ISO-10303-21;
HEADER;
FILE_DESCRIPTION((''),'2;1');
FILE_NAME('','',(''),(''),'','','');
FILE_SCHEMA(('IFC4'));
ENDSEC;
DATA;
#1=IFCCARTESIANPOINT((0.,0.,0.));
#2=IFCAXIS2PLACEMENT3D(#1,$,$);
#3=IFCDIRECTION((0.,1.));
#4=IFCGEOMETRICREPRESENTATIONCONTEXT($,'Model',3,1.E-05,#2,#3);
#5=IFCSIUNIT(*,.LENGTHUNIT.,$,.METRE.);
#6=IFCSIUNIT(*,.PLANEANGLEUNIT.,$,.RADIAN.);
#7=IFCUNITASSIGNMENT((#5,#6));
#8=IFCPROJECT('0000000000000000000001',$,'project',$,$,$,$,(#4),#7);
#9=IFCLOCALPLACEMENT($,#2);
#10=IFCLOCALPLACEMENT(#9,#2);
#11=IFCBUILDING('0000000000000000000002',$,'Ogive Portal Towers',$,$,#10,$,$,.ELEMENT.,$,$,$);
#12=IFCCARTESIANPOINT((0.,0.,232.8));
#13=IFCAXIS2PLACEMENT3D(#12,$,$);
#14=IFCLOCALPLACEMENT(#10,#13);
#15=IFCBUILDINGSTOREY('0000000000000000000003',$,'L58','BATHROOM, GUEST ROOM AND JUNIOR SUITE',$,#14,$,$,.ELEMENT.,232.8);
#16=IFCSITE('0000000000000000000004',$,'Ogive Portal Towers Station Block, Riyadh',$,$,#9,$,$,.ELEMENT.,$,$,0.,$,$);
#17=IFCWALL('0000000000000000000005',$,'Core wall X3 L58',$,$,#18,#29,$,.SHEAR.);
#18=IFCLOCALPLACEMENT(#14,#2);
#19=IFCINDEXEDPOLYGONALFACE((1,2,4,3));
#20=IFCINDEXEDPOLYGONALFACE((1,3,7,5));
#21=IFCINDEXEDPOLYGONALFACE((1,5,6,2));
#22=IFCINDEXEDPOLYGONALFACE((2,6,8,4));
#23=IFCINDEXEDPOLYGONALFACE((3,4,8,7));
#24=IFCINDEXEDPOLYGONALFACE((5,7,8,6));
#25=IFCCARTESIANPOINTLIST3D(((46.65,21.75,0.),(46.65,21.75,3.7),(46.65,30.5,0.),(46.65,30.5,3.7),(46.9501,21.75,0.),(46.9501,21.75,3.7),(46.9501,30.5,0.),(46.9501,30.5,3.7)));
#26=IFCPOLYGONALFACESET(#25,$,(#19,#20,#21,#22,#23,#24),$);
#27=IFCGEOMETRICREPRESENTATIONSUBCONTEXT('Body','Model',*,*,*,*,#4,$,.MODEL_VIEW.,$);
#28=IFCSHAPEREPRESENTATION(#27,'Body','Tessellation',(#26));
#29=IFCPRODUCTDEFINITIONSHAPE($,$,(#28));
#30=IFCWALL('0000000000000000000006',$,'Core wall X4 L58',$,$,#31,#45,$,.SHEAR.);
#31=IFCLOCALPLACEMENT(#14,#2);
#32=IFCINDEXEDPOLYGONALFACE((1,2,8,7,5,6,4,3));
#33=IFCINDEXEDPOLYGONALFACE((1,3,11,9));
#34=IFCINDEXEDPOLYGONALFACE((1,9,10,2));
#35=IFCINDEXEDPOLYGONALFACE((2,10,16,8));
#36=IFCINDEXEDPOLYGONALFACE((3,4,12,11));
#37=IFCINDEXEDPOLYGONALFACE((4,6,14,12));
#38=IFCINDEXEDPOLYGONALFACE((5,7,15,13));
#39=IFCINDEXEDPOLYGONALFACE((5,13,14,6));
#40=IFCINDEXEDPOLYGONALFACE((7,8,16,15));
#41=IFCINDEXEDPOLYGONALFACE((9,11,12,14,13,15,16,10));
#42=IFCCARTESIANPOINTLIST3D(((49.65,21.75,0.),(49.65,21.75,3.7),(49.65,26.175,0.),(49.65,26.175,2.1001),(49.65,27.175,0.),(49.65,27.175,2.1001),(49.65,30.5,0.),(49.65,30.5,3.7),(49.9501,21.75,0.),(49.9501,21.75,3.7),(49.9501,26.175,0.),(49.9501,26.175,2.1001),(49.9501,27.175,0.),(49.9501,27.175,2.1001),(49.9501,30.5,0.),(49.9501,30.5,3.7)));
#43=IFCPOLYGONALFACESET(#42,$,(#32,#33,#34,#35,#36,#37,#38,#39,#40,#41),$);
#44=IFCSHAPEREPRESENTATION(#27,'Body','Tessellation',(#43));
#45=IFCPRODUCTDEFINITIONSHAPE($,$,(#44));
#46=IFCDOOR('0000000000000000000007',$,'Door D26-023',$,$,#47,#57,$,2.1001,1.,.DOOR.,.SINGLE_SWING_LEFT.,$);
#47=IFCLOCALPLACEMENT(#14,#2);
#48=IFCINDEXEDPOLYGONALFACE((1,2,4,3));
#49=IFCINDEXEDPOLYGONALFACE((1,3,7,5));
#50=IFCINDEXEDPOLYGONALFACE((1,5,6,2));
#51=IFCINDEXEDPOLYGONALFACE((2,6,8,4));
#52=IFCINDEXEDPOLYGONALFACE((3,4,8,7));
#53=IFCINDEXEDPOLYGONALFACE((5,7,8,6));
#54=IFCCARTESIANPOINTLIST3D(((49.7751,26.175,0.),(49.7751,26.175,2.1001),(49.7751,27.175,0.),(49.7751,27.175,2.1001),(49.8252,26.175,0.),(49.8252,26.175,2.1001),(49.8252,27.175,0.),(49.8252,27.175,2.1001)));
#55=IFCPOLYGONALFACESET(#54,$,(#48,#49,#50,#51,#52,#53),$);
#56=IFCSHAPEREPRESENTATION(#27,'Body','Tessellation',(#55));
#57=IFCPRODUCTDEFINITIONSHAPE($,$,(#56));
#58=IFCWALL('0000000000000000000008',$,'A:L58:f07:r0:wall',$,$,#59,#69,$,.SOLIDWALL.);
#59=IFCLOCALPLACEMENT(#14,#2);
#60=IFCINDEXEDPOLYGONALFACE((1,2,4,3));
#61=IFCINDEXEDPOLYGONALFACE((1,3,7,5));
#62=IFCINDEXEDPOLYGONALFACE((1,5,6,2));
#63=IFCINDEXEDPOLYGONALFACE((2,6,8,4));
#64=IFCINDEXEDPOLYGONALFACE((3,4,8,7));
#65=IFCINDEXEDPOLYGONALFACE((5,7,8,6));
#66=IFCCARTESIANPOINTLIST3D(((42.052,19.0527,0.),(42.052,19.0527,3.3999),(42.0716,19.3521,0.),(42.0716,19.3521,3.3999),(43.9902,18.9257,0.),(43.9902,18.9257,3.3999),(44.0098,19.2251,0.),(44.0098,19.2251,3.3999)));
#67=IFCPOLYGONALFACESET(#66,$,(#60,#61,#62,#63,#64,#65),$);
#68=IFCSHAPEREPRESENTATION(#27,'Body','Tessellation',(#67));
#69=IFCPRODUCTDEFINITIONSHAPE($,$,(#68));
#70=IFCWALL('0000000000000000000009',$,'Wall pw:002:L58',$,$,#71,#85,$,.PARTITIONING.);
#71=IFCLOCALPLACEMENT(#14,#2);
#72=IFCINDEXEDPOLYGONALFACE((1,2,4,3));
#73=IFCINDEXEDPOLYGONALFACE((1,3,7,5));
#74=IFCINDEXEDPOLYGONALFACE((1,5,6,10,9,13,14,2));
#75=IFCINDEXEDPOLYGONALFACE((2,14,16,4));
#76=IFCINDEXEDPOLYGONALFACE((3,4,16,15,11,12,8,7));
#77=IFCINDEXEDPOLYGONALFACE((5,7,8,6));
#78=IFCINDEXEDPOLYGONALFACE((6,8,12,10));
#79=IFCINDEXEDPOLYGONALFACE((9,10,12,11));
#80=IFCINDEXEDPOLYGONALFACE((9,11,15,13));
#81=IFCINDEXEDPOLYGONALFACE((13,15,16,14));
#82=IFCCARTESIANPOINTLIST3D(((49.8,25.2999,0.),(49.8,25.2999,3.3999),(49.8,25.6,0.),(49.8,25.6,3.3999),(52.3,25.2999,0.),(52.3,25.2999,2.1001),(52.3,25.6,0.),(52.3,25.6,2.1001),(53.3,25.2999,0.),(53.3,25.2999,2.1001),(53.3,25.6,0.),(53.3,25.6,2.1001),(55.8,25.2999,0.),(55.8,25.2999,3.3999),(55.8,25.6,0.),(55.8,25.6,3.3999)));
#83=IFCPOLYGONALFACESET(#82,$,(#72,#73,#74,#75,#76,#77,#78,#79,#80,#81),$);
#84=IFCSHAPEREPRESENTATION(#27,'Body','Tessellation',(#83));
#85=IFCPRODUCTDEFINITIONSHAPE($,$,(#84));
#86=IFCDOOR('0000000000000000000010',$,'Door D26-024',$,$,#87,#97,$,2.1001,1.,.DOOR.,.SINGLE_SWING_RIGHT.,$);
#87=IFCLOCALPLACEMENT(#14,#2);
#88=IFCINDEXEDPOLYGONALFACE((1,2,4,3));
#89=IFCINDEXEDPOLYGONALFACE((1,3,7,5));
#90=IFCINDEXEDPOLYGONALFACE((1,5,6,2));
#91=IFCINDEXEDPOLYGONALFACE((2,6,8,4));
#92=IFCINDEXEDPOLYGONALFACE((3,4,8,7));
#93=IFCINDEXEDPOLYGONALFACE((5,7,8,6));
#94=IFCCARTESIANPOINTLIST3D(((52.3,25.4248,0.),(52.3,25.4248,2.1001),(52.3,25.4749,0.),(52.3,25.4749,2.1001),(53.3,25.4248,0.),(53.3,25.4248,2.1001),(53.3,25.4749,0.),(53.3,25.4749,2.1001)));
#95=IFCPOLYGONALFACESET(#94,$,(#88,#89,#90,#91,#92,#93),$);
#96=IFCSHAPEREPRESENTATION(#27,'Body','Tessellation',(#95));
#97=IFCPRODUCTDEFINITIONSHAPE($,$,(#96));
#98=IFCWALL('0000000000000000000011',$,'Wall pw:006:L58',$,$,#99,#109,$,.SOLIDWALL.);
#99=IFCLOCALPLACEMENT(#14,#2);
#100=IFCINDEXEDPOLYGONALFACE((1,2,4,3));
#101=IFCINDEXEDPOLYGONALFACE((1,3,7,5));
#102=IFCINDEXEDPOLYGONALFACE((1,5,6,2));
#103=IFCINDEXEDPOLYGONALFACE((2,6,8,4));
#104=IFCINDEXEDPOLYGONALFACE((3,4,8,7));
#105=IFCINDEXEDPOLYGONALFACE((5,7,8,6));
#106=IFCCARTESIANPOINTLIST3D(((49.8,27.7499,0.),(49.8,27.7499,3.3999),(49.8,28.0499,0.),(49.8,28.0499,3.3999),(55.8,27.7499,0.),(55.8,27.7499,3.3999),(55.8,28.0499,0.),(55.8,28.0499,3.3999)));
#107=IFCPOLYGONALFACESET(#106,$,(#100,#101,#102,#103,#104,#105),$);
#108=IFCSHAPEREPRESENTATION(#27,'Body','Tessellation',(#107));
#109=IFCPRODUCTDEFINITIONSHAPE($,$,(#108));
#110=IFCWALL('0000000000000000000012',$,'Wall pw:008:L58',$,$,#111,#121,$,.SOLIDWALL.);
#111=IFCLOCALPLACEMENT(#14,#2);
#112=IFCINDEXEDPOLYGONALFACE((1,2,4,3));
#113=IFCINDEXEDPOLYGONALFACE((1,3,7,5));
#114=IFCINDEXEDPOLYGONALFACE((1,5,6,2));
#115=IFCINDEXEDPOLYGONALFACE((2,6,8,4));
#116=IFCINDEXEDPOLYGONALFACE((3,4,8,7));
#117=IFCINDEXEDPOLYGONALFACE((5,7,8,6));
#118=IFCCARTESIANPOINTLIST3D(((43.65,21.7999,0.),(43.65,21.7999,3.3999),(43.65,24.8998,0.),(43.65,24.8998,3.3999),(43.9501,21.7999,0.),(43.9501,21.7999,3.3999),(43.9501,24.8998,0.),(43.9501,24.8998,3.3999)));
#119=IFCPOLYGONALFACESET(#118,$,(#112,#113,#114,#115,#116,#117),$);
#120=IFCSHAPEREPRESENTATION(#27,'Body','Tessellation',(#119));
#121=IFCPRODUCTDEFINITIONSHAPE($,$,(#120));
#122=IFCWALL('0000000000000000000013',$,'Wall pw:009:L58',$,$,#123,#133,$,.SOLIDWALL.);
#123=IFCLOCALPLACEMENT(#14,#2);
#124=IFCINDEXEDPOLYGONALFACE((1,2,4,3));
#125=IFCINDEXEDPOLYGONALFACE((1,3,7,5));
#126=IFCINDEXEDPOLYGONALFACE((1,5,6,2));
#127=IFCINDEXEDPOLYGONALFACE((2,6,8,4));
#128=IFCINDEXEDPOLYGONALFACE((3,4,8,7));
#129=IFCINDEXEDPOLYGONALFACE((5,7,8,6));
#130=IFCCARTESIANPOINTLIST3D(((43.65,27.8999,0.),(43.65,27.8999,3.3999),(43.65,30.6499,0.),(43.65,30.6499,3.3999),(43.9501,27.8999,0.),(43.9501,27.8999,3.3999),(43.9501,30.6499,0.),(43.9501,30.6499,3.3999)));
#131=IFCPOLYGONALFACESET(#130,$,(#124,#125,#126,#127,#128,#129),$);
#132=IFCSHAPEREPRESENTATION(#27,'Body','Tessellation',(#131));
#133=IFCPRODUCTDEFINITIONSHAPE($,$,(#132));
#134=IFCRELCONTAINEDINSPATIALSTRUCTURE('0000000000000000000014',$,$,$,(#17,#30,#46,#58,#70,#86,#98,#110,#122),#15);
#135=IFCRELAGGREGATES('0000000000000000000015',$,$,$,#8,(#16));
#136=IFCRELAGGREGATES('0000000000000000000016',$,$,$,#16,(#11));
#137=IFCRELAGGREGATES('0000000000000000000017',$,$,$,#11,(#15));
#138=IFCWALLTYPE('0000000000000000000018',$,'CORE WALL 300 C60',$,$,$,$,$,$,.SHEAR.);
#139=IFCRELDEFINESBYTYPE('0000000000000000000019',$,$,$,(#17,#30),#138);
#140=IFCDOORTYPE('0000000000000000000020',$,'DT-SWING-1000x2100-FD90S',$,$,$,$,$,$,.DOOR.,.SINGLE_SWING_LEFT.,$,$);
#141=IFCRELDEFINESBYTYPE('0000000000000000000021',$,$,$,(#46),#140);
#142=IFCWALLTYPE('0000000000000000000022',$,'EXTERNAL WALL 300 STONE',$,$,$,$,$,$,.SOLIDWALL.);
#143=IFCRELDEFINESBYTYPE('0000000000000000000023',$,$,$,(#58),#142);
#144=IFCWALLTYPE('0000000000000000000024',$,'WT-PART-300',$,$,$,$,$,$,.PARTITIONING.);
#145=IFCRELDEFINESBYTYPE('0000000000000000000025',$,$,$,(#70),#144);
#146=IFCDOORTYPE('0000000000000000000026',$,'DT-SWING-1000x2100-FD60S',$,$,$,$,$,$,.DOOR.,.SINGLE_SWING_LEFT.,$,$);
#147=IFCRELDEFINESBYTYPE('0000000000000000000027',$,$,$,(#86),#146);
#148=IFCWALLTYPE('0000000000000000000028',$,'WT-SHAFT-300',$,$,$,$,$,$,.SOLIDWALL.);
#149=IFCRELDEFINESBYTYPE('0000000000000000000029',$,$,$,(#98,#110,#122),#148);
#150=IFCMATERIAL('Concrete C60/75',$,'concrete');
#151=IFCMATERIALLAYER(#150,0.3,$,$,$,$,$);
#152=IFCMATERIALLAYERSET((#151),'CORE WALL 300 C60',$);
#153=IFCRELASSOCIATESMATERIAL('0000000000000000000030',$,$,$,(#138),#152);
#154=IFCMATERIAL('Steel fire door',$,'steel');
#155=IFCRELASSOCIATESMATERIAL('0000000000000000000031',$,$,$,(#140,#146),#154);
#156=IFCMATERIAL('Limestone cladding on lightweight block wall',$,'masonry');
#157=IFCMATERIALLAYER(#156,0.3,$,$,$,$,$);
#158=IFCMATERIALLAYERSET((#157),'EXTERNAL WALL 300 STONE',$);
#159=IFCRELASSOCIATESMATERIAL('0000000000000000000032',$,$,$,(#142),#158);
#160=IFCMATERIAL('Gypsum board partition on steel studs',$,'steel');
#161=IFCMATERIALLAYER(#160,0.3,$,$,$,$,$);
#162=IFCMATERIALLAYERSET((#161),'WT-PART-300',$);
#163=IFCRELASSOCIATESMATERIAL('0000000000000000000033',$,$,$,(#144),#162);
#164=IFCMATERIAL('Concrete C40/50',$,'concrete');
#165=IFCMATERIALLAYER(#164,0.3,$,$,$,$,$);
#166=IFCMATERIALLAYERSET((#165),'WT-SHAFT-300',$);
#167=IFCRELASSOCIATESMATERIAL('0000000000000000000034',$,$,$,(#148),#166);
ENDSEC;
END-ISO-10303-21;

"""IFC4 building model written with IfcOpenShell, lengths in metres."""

from ifc_helpers import new_model, si_unit, direction, frame, frame_2d, origin, place, context, subcontext, project, spatial, rectangle, extrude, material, layer, layer_set, type_object, element, fill, save


model = new_model("IFC4")

# Units and contexts
model_context = context("Model", 3, precision=1e-05, world=origin(), true_north=direction((0.0, 1.0)))
body_context = subcontext(model_context, "Body", "Model", "MODEL_VIEW")
ifc_project = project(units=[si_unit("LENGTHUNIT", "METRE"), si_unit("PLANEANGLEUNIT", "RADIAN")], contexts=[model_context])

# Site, building, storey
site_placement = place(None, origin())
site = spatial("IfcSite", under=ifc_project, at=site_placement, Name="Ogive Portal Towers Station Block, Riyadh", CompositionType="ELEMENT", RefElevation=0.0)
building_placement = place(site_placement, origin())
building = spatial("IfcBuilding", under=site, at=building_placement, Name="Ogive Portal Towers", CompositionType="ELEMENT")
storey_placement = place(building_placement, frame((0.0, 0.0, 232.8)))
storey = spatial("IfcBuildingStorey", under=building, at=storey_placement, Name="L58", Description="BATHROOM, GUEST ROOM AND JUNIOR SUITE", CompositionType="ELEMENT", Elevation=232.8)

# Wall
ifc_material_1 = material(Name="Concrete C60/75", Category="concrete")
ifc_layer_1 = layer(ifc_material_1, 0.3)
ifc_layer_set_1 = layer_set([ifc_layer_1], Name="CORE WALL 300 C60")
wall_type_1 = type_object("IfcWallType", Name="CORE WALL 300 C60", PredefinedType="SHEAR", material=ifc_layer_set_1)
wall_1_placement = place(storey_placement, frame((46.8, 21.75, 0.0), z_axis=(0.0, 0.0, 1.0), x_axis=(0.0, 1.0, 0.0)))
element("IfcWall", 1, at=wall_1_placement, inside=storey, type_object=wall_type_1, Name="Core wall X3 L58", PredefinedType="SHEAR", context=body_context, shape_type="SweptSolid", body=[
    extrude(rectangle(XDim=8.75, YDim=0.3, at=frame_2d((4.375, 0.0))), origin(), (0.0, 0.0, 1.0), 3.7),
])

# Wall, opening, door
wall_2_placement = place(storey_placement, frame((49.8, 21.75, 0.0), z_axis=(0.0, 0.0, 1.0), x_axis=(0.0, 1.0, 0.0)))
wall_2 = element("IfcWall", 2, at=wall_2_placement, inside=storey, type_object=wall_type_1, Name="Core wall X4 L58", PredefinedType="SHEAR", context=body_context, shape_type="SweptSolid", body=[
    extrude(rectangle(XDim=8.75, YDim=0.3, at=frame_2d((4.375, 0.0))), origin(), (0.0, 0.0, 1.0), 3.7),
])
opening_1_placement = place(wall_2_placement, frame((4.425, 0.0, 0.0)))
opening_1 = element("IfcOpeningElement", 3, at=opening_1_placement, cuts=wall_2, PredefinedType="OPENING", context=body_context, shape_type="SweptSolid", body=[
    extrude(rectangle(XDim=1.0, YDim=2.1001, at=frame_2d((0.5, 1.05))), frame((0.0, 0.1602, 0.0), z_axis=(0.0, -1.0, 0.0), x_axis=(1.0, 0.0, 0.0)), (0.0, 0.0, 1.0), 0.3201),
])
ifc_material_2 = material(Name="Steel fire door", Category="steel")
door_type_1 = type_object("IfcDoorType", Name="DT-SWING-1000x2100-FD90S", OperationType="SINGLE_SWING_LEFT", PredefinedType="DOOR", material=ifc_material_2)
door_1_placement = place(opening_1_placement, origin())
door_1 = element("IfcDoor", 4, at=door_1_placement, inside=storey, type_object=door_type_1, Name="Door D26-023", OperationType="SINGLE_SWING_LEFT", OverallHeight=2.1001, OverallWidth=1.0, PredefinedType="DOOR", context=body_context, shape_type="SweptSolid", body=[
    extrude(rectangle(XDim=1.0, YDim=2.1001, at=frame_2d((0.5, 1.05))), frame((0.0, 0.0249, 0.0), z_axis=(0.0, -1.0, 0.0), x_axis=(1.0, 0.0, 0.0)), (0.0, 0.0, 1.0), 0.05),
])
fill(opening_1, door_1)

# Wall
ifc_material_3 = material(Name="Limestone cladding on lightweight block wall", Category="masonry")
ifc_layer_2 = layer(ifc_material_3, 0.3)
ifc_layer_set_2 = layer_set([ifc_layer_2], Name="EXTERNAL WALL 300 STONE")
wall_type_2 = type_object("IfcWallType", Name="EXTERNAL WALL 300 STONE", PredefinedType="SOLIDWALL", material=ifc_layer_set_2)
wall_3_placement = place(storey_placement, frame((42.0618, 19.2024, 0.0), z_axis=(0.0, 0.0, 1.0), x_axis=(0.997862, -0.065359, 0.0)))
element("IfcWall", 5, at=wall_3_placement, inside=storey, type_object=wall_type_2, Name="A:L58:f07:r0:wall", PredefinedType="SOLIDWALL", context=body_context, shape_type="SweptSolid", body=[
    extrude(rectangle(XDim=1.9424, YDim=0.3, at=frame_2d((0.9712, 0.0))), origin(), (0.0, 0.0, 1.0), 3.3999),
])

# Wall, opening, door
ifc_material_4 = material(Name="Gypsum board partition on steel studs", Category="steel")
ifc_layer_3 = layer(ifc_material_4, 0.3)
ifc_layer_set_3 = layer_set([ifc_layer_3], Name="WT-PART-300")
wall_type_3 = type_object("IfcWallType", Name="WT-PART-300", PredefinedType="PARTITIONING", material=ifc_layer_set_3)
wall_4_placement = place(storey_placement, frame((49.8, 25.45, 0.0), z_axis=(0.0, 0.0, 1.0), x_axis=(1.0, 0.0, 0.0)))
wall_4 = element("IfcWall", 6, at=wall_4_placement, inside=storey, type_object=wall_type_3, Name="Wall pw:002:L58", PredefinedType="PARTITIONING", context=body_context, shape_type="SweptSolid", body=[
    extrude(rectangle(XDim=6.0, YDim=0.3, at=frame_2d((3.0, 0.0))), origin(), (0.0, 0.0, 1.0), 3.3999),
])
opening_2_placement = place(wall_4_placement, frame((2.5, 0.0, 0.0)))
opening_2 = element("IfcOpeningElement", 7, at=opening_2_placement, cuts=wall_4, PredefinedType="OPENING", context=body_context, shape_type="SweptSolid", body=[
    extrude(rectangle(XDim=1.0, YDim=2.1001, at=frame_2d((0.5, 1.05))), frame((0.0, 0.1602, 0.0), z_axis=(0.0, -1.0, 0.0), x_axis=(1.0, 0.0, 0.0)), (0.0, 0.0, 1.0), 0.3201),
])
door_type_2 = type_object("IfcDoorType", Name="DT-SWING-1000x2100-FD60S", OperationType="SINGLE_SWING_LEFT", PredefinedType="DOOR", material=ifc_material_2)
door_2_placement = place(opening_2_placement, origin())
door_2 = element("IfcDoor", 8, at=door_2_placement, inside=storey, type_object=door_type_2, Name="Door D26-024", OperationType="SINGLE_SWING_RIGHT", OverallHeight=2.1001, OverallWidth=1.0, PredefinedType="DOOR", context=body_context, shape_type="SweptSolid", body=[
    extrude(rectangle(XDim=1.0, YDim=2.1001, at=frame_2d((0.5, 1.05))), frame((0.0, 0.0249, 0.0), z_axis=(0.0, -1.0, 0.0), x_axis=(1.0, 0.0, 0.0)), (0.0, 0.0, 1.0), 0.05),
])
fill(opening_2, door_2)

# Walls
ifc_material_5 = material(Name="Concrete C40/50", Category="concrete")
ifc_layer_4 = layer(ifc_material_5, 0.3)
ifc_layer_set_4 = layer_set([ifc_layer_4], Name="WT-SHAFT-300")
wall_type_4 = type_object("IfcWallType", Name="WT-SHAFT-300", PredefinedType="SOLIDWALL", material=ifc_layer_set_4)
wall_5_placement = place(storey_placement, frame((49.8, 27.8999, 0.0), z_axis=(0.0, 0.0, 1.0), x_axis=(1.0, 0.0, 0.0)))
element("IfcWall", 9, at=wall_5_placement, inside=storey, type_object=wall_type_4, Name="Wall pw:006:L58", PredefinedType="SOLIDWALL", context=body_context, shape_type="SweptSolid", body=[
    extrude(rectangle(XDim=6.0, YDim=0.3, at=frame_2d((3.0, 0.0))), origin(), (0.0, 0.0, 1.0), 3.3999),
])
wall_6_placement = place(storey_placement, frame((43.8, 21.8, 0.0), z_axis=(0.0, 0.0, 1.0), x_axis=(0.0, 1.0, 0.0)))
element("IfcWall", 10, at=wall_6_placement, inside=storey, type_object=wall_type_4, Name="Wall pw:008:L58", PredefinedType="SOLIDWALL", context=body_context, shape_type="SweptSolid", body=[
    extrude(rectangle(XDim=3.0999, YDim=0.3, at=frame_2d((1.5498, 0.0))), origin(), (0.0, 0.0, 1.0), 3.3999),
])
wall_7_placement = place(storey_placement, frame((43.8, 27.8999, 0.0), z_axis=(0.0, 0.0, 1.0), x_axis=(0.0, 1.0, 0.0)))
element("IfcWall", 11, at=wall_7_placement, inside=storey, type_object=wall_type_4, Name="Wall pw:009:L58", PredefinedType="SOLIDWALL", context=body_context, shape_type="SweptSolid", body=[
    extrude(rectangle(XDim=2.75, YDim=0.3, at=frame_2d((1.375, 0.0))), origin(), (0.0, 0.0, 1.0), 3.3999),
])

save(model, "model.ifc")
